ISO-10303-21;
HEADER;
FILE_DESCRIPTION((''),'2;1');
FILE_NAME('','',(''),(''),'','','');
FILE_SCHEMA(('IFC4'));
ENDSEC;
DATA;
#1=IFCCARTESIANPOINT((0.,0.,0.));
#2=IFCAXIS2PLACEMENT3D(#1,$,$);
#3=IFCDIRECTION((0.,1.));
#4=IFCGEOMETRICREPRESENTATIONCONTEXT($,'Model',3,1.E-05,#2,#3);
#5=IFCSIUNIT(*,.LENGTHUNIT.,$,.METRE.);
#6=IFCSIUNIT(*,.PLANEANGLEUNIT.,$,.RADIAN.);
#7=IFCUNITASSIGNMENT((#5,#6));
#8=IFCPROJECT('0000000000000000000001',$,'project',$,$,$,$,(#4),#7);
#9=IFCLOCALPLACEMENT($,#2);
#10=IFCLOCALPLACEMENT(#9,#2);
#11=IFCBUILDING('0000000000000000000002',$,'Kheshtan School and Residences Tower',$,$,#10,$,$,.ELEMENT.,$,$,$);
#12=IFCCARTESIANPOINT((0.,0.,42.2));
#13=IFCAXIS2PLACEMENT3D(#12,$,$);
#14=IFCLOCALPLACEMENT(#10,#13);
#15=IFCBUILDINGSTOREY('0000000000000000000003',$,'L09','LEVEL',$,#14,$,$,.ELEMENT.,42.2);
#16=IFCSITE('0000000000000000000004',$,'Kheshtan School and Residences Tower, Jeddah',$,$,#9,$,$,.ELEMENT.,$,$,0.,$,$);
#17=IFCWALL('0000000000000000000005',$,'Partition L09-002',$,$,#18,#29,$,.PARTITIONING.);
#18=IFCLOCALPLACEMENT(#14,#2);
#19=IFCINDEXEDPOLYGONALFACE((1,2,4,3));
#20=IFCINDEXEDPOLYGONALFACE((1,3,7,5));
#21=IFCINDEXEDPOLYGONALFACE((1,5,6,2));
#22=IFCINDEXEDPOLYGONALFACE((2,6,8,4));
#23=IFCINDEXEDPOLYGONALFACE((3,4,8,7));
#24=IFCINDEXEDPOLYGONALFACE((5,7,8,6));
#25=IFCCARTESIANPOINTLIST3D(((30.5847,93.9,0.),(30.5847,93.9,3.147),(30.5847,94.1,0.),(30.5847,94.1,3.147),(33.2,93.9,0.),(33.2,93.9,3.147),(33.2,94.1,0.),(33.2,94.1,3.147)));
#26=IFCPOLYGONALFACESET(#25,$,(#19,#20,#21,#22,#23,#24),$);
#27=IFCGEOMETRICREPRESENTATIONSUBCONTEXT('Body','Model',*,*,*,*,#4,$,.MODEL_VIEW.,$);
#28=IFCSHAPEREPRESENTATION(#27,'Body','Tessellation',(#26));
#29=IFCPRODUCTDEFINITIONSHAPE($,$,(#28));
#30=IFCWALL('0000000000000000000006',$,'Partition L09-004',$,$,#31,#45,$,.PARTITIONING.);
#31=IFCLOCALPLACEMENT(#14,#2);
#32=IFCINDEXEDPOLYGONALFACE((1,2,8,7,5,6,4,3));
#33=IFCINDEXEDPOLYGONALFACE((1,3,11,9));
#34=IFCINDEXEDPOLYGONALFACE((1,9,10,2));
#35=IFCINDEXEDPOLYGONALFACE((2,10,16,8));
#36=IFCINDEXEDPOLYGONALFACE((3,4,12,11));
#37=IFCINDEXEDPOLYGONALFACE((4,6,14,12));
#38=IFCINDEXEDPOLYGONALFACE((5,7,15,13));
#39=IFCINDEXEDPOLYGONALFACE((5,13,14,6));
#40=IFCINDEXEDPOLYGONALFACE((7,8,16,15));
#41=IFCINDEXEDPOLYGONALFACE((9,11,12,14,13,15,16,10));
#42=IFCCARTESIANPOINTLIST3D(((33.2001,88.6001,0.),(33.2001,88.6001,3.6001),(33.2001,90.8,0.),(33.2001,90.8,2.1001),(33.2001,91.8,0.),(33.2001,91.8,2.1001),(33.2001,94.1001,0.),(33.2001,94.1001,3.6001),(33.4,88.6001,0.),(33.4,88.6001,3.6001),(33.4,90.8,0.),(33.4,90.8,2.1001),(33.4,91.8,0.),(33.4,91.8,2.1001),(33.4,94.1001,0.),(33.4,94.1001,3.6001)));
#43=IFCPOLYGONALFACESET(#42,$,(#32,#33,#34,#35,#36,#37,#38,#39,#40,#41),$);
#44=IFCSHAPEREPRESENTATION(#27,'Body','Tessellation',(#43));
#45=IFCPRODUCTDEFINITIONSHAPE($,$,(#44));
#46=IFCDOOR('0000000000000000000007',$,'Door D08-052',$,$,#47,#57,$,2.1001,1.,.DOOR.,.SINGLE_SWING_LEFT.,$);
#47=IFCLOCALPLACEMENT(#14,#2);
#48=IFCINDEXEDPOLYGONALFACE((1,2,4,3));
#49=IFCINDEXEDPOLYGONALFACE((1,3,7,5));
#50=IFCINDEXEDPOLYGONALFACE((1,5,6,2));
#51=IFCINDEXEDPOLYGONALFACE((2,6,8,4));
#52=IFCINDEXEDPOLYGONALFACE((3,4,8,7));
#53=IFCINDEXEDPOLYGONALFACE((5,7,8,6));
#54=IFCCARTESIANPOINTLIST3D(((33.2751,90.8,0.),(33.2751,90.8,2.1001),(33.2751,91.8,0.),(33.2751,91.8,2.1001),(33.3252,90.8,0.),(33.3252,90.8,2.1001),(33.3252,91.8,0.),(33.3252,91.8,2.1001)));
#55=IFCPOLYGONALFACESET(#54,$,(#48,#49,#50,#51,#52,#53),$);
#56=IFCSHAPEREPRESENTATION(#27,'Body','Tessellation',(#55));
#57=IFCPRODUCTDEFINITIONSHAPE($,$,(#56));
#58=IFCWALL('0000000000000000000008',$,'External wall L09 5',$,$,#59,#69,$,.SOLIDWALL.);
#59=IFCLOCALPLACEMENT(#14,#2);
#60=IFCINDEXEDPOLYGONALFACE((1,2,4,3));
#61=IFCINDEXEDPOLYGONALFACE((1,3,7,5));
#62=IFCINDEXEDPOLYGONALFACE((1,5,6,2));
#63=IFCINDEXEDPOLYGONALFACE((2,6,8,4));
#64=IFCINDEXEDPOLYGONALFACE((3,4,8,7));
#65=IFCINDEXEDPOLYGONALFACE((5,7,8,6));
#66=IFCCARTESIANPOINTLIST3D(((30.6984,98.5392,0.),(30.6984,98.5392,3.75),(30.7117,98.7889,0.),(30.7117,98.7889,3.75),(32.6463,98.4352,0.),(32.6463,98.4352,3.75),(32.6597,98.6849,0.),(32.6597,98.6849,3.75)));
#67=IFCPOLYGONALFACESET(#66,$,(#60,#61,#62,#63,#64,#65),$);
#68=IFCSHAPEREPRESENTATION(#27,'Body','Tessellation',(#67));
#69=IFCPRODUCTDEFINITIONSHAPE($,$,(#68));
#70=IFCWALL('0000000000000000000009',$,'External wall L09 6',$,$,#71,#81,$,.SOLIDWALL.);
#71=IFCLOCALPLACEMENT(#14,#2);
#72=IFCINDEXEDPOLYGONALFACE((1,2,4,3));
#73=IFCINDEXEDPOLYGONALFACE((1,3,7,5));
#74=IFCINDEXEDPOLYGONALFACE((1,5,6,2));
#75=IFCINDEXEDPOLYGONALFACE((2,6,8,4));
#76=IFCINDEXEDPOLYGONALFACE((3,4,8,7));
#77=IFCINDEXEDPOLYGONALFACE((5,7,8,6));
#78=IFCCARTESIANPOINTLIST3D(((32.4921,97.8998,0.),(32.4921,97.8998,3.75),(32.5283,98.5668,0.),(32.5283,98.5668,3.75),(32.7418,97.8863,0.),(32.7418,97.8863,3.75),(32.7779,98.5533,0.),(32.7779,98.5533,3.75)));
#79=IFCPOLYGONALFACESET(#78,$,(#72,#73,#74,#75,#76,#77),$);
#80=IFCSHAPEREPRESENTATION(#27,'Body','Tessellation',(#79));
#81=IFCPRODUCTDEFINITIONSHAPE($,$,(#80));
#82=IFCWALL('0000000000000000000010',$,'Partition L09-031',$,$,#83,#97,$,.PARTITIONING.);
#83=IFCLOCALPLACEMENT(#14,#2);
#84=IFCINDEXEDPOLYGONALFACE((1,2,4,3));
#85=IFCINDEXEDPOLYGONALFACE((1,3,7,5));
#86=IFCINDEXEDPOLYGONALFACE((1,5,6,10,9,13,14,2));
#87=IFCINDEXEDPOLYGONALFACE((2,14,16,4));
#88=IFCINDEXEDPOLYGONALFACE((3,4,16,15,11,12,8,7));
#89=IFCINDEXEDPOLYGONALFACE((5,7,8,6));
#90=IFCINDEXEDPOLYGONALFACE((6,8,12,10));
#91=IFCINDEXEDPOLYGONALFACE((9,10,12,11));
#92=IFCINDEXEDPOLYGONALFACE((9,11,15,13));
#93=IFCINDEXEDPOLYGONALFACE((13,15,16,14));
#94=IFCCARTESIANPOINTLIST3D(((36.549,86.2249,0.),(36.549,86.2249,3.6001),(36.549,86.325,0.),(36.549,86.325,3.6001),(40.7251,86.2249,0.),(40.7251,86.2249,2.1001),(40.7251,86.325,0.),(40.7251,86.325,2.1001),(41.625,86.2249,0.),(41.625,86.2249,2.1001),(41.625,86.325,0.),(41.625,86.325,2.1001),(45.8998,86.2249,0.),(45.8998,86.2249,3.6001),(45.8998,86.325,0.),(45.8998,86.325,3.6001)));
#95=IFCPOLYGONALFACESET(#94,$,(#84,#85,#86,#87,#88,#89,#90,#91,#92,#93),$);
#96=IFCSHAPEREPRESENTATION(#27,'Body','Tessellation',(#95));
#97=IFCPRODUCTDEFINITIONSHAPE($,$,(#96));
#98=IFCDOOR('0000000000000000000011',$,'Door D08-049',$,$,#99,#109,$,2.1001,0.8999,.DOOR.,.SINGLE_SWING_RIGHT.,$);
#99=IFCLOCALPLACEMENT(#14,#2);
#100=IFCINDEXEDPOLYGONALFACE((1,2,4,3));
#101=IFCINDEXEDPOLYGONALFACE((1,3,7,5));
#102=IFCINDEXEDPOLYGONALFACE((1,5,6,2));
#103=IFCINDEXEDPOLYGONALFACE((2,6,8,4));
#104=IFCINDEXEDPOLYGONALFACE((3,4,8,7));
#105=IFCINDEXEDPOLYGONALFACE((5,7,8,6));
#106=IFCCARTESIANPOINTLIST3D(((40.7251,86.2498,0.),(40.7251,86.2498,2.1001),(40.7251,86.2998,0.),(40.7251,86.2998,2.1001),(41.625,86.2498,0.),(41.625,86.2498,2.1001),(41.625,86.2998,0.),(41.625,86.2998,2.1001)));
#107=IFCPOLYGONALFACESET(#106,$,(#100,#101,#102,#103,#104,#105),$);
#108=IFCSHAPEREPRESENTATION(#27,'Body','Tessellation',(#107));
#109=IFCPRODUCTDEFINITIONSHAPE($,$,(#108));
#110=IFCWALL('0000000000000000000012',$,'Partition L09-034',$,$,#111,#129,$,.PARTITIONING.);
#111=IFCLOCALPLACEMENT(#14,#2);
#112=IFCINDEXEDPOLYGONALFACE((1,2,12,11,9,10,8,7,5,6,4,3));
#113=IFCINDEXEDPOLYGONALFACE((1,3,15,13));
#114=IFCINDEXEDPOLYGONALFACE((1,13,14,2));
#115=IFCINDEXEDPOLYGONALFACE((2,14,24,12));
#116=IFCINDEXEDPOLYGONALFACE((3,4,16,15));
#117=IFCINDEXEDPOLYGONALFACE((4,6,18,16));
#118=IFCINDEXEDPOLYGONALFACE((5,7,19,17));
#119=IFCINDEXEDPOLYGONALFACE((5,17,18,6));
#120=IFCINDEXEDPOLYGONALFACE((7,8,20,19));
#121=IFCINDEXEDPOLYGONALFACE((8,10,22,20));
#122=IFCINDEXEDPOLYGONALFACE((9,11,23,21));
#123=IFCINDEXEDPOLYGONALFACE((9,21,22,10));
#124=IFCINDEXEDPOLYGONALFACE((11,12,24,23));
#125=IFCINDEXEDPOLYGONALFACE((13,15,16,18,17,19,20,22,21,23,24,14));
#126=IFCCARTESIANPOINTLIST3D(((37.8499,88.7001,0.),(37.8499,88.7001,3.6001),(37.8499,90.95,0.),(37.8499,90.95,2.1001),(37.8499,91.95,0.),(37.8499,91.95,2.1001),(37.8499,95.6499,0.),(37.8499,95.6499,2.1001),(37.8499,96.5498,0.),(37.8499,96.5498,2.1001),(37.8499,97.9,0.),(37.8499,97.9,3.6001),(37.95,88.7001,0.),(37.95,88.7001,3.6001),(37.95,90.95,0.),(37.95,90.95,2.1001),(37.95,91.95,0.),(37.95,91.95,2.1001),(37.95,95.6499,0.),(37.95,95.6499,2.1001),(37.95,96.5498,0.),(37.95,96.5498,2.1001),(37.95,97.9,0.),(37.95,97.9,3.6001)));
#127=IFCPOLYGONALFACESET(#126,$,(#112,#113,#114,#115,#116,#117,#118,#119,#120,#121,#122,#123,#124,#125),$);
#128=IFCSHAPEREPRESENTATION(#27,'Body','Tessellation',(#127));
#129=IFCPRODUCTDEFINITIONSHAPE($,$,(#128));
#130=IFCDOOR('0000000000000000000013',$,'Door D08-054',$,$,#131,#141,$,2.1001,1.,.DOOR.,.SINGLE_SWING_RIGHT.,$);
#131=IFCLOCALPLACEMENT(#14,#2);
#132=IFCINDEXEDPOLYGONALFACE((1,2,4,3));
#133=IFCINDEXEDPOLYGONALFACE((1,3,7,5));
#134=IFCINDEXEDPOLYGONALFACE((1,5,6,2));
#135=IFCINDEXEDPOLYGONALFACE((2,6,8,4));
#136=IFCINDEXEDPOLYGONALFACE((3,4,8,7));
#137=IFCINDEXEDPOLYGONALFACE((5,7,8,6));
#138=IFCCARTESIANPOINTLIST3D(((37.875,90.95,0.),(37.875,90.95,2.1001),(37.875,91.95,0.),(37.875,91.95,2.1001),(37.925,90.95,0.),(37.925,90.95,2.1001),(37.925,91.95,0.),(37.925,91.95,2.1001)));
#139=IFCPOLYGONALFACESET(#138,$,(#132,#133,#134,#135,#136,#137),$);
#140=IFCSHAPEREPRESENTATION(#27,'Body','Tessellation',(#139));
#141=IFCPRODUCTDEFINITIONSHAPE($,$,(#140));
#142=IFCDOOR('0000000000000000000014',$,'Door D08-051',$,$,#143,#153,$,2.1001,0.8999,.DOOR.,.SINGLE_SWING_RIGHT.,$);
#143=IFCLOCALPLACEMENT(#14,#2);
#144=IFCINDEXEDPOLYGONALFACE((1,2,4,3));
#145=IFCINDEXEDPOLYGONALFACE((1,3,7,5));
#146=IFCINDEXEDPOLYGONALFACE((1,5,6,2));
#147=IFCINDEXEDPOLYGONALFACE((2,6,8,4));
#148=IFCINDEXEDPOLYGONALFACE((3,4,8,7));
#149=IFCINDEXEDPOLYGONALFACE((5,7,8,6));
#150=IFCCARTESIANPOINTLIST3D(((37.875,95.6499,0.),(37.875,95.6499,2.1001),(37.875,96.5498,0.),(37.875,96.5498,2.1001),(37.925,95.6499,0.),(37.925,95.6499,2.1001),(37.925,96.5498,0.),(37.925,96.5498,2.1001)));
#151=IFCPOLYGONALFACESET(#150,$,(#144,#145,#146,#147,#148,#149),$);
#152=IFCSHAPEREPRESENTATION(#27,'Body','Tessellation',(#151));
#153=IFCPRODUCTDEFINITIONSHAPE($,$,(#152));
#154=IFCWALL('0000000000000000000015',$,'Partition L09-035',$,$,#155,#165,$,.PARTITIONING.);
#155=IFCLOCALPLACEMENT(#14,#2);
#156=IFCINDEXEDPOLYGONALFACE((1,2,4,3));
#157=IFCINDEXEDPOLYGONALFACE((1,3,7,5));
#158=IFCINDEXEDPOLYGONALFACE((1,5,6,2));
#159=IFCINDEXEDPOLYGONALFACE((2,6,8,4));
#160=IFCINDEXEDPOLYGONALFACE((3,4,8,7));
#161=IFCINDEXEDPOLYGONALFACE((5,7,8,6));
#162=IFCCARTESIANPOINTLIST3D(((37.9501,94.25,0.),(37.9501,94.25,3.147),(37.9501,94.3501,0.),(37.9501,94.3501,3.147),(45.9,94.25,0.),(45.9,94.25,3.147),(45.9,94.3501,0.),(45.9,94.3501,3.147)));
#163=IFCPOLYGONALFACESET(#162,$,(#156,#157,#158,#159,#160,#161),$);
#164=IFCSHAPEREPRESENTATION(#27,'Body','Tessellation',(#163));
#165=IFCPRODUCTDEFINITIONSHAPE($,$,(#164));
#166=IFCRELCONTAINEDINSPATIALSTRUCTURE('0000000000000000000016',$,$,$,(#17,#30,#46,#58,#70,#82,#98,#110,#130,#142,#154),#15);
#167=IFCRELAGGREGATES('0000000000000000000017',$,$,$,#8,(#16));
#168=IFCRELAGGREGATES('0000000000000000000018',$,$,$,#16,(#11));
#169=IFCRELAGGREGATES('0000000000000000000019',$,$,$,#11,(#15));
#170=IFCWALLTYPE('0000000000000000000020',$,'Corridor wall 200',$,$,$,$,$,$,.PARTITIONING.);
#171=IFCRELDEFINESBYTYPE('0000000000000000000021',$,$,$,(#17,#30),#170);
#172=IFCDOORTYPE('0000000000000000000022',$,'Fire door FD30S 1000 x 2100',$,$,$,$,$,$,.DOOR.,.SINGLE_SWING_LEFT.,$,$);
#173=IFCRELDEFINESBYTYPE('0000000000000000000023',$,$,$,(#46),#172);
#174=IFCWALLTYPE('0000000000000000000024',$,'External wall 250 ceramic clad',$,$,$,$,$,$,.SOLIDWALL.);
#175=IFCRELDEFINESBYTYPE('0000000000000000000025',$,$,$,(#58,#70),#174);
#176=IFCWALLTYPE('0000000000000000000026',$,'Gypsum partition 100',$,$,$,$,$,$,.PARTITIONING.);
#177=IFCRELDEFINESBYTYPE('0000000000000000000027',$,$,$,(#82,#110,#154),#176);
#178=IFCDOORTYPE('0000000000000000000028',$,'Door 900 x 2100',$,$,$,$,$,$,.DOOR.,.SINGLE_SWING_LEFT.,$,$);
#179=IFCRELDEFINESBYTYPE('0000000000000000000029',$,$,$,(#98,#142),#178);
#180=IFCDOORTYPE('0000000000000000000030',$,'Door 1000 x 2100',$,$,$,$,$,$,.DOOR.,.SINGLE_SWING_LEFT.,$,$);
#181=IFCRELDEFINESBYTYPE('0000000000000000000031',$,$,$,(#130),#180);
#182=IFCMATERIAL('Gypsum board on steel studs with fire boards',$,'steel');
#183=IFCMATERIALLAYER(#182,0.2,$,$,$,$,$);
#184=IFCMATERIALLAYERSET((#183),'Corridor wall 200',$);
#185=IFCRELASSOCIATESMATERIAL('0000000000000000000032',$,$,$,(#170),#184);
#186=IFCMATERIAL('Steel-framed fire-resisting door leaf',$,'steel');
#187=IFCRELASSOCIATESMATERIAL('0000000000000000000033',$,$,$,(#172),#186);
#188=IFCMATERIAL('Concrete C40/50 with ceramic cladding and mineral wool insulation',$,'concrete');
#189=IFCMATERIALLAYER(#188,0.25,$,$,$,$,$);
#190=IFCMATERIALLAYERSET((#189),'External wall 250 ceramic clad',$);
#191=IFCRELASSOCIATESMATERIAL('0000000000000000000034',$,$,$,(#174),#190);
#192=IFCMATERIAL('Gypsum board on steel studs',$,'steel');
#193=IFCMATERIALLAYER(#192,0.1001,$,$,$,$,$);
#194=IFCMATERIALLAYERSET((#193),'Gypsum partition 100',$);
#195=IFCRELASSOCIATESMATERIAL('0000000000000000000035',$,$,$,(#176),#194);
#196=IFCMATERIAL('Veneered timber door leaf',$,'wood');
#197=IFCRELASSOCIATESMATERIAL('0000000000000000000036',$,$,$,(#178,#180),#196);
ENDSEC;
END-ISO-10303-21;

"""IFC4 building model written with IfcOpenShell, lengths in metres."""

from ifc_helpers import new_model, si_unit, direction, frame, frame_2d, origin, place, context, subcontext, project, spatial, rectangle, extrude, source, transform, mapped, material, layer, layer_set, type_object, element, fill, save


model = new_model("IFC4")

# Units and contexts
model_context = context("Model", 3, precision=1e-05, world=origin(), true_north=direction((0.0, 1.0)))
body_context = subcontext(model_context, "Body", "Model", "MODEL_VIEW")
ifc_project = project(units=[si_unit("LENGTHUNIT", "METRE"), si_unit("PLANEANGLEUNIT", "RADIAN")], contexts=[model_context])

# Site, building, storey
site_placement = place(None, origin())
site = spatial("IfcSite", under=ifc_project, at=site_placement, Name="Kheshtan School and Residences Tower, Jeddah", CompositionType="ELEMENT", RefElevation=0.0)
building_placement = place(site_placement, origin())
building = spatial("IfcBuilding", under=site, at=building_placement, Name="Kheshtan School and Residences Tower", CompositionType="ELEMENT")
storey_placement = place(building_placement, frame((0.0, 0.0, 42.2)))
storey = spatial("IfcBuildingStorey", under=building, at=storey_placement, Name="L09", Description="LEVEL", CompositionType="ELEMENT", Elevation=42.2)

# Wall
ifc_material_1 = material(Name="Gypsum board on steel studs with fire boards", Category="steel")
ifc_layer_1 = layer(ifc_material_1, 0.2)
ifc_layer_set_1 = layer_set([ifc_layer_1], Name="Corridor wall 200")
wall_type_1 = type_object("IfcWallType", Name="Corridor wall 200", PredefinedType="PARTITIONING", material=ifc_layer_set_1)
wall_1_placement = place(storey_placement, frame((30.5847, 94.0, 0.0), z_axis=(0.0, 0.0, 1.0), x_axis=(1.0, 0.0, 0.0)))
element("IfcWall", 1, at=wall_1_placement, inside=storey, type_object=wall_type_1, Name="Partition L09-002", PredefinedType="PARTITIONING", context=body_context, shape_type="SweptSolid", body=[
    extrude(rectangle(XDim=2.6152, YDim=0.2, at=frame_2d((1.3076, 0.0))), origin(), (0.0, 0.0, 1.0), 3.147),
])

# Wall, opening, door
wall_2_placement = place(storey_placement, frame((33.3, 88.6001, 0.0), z_axis=(0.0, 0.0, 1.0), x_axis=(0.0, 1.0, 0.0)))
wall_2 = element("IfcWall", 2, at=wall_2_placement, inside=storey, type_object=wall_type_1, Name="Partition L09-004", PredefinedType="PARTITIONING", context=body_context, shape_type="SweptSolid", body=[
    extrude(rectangle(XDim=5.5, YDim=0.2, at=frame_2d((2.75, 0.0))), origin(), (0.0, 0.0, 1.0), 3.6001),
])
opening_1_placement = place(wall_2_placement, frame((2.2, 0.0, 0.0)))
opening_1 = element("IfcOpeningElement", 3, at=opening_1_placement, cuts=wall_2, PredefinedType="OPENING", context=body_context, shape_type="SweptSolid", body=[
    extrude(rectangle(XDim=1.0, YDim=2.1001, at=frame_2d((0.5, 1.05))), frame((0.0, 0.1099, 0.0), z_axis=(0.0, -1.0, 0.0), x_axis=(1.0, 0.0, 0.0)), (0.0, 0.0, 1.0), 0.22),
])
ifc_material_2 = material(Name="Steel-framed fire-resisting door leaf", Category="steel")
door_type_1 = type_object("IfcDoorType", Name="Fire door FD30S 1000 x 2100", OperationType="SINGLE_SWING_LEFT", PredefinedType="DOOR", material=ifc_material_2)
shared_shape_1 = source(origin(), body_context, "Body", "SweptSolid", [
    extrude(rectangle(XDim=1.0, YDim=2.1001, at=frame_2d((0.5, 1.05))), frame((0.0, 0.0249, 0.0), z_axis=(0.0, -1.0, 0.0), x_axis=(1.0, 0.0, 0.0)), (0.0, 0.0, 1.0), 0.05),
])
door_1_placement = place(opening_1_placement, origin())
door_1 = element("IfcDoor", 4, at=door_1_placement, inside=storey, type_object=door_type_1, Name="Door D08-052", OperationType="SINGLE_SWING_LEFT", OverallHeight=2.1001, OverallWidth=1.0, PredefinedType="DOOR", context=body_context, shape_type="MappedRepresentation", body=[
    mapped(shared_shape_1, transform((0.0, 0.0, 0.0), x_axis=(1.0, 0.0, 0.0), y_axis=(0.0, 1.0, 0.0), z_axis=(0.0, 0.0, 1.0), scale=1.0)),
])
fill(opening_1, door_1)

# Walls
ifc_material_3 = material(Name="Concrete C40/50 with ceramic cladding and mineral wool insulation", Category="concrete")
ifc_layer_2 = layer(ifc_material_3, 0.25)
ifc_layer_set_2 = layer_set([ifc_layer_2], Name="External wall 250 ceramic clad")
wall_type_2 = type_object("IfcWallType", Name="External wall 250 ceramic clad", PredefinedType="SOLIDWALL", material=ifc_layer_set_2)
wall_3_placement = place(storey_placement, frame((30.7051, 98.6641, 0.0), z_axis=(0.0, 0.0, 1.0), x_axis=(0.998578, -0.053314, 0.0)))
element("IfcWall", 5, at=wall_3_placement, inside=storey, type_object=wall_type_2, Name="External wall L09 5", PredefinedType="SOLIDWALL", context=body_context, shape_type="SweptSolid", body=[
    extrude(rectangle(XDim=1.9507, YDim=0.25, at=frame_2d((0.9753, 0.0))), origin(), (0.0, 0.0, 1.0), 3.75),
])
wall_4_placement = place(storey_placement, frame((32.6531, 98.5601, 0.0), z_axis=(0.0, 0.0, 1.0), x_axis=(-0.054093, -0.998536, 0.0)))
element("IfcWall", 6, at=wall_4_placement, inside=storey, type_object=wall_type_2, Name="External wall L09 6", PredefinedType="SOLIDWALL", context=body_context, shape_type="SweptSolid", body=[
    extrude(rectangle(XDim=0.668, YDim=0.25, at=frame_2d((0.334, 0.0))), origin(), (0.0, 0.0, 1.0), 3.75),
])

# Wall, opening, door
ifc_material_4 = material(Name="Gypsum board on steel studs", Category="steel")
ifc_layer_3 = layer(ifc_material_4, 0.1001)
ifc_layer_set_3 = layer_set([ifc_layer_3], Name="Gypsum partition 100")
wall_type_3 = type_object("IfcWallType", Name="Gypsum partition 100", PredefinedType="PARTITIONING", material=ifc_layer_set_3)
wall_5_placement = place(storey_placement, frame((36.5491, 86.2749, 0.0), z_axis=(0.0, 0.0, 1.0), x_axis=(1.0, 0.0, 0.0)))
wall_5 = element("IfcWall", 7, at=wall_5_placement, inside=storey, type_object=wall_type_3, Name="Partition L09-031", PredefinedType="PARTITIONING", context=body_context, shape_type="SweptSolid", body=[
    extrude(rectangle(XDim=9.3508, YDim=0.1001, at=frame_2d((4.6753, 0.0))), origin(), (0.0, 0.0, 1.0), 3.6001),
])
opening_2_placement = place(wall_5_placement, frame((4.176, 0.0, 0.0)))
opening_2 = element("IfcOpeningElement", 8, at=opening_2_placement, cuts=wall_5, PredefinedType="OPENING", context=body_context, shape_type="SweptSolid", body=[
    extrude(rectangle(XDim=0.8999, YDim=2.1001, at=frame_2d((0.45, 1.05))), frame((0.0, 0.0601, 0.0), z_axis=(0.0, -1.0, 0.0), x_axis=(1.0, 0.0, 0.0)), (0.0, 0.0, 1.0), 0.1201),
])
ifc_material_5 = material(Name="Veneered timber door leaf", Category="wood")
door_type_2 = type_object("IfcDoorType", Name="Door 900 x 2100", OperationType="SINGLE_SWING_LEFT", PredefinedType="DOOR", material=ifc_material_5)
shared_shape_2 = source(origin(), body_context, "Body", "SweptSolid", [
    extrude(rectangle(XDim=0.8999, YDim=2.1001, at=frame_2d((0.45, 1.05))), frame((0.0, 0.0249, 0.0), z_axis=(0.0, -1.0, 0.0), x_axis=(1.0, 0.0, 0.0)), (0.0, 0.0, 1.0), 0.05),
])
door_2_placement = place(opening_2_placement, origin())
door_2 = element("IfcDoor", 9, at=door_2_placement, inside=storey, type_object=door_type_2, Name="Door D08-049", OperationType="SINGLE_SWING_RIGHT", OverallHeight=2.1001, OverallWidth=0.8999, PredefinedType="DOOR", context=body_context, shape_type="MappedRepresentation", body=[
    mapped(shared_shape_2, transform((0.0, 0.0, 0.0), x_axis=(1.0, 0.0, 0.0), y_axis=(0.0, 1.0, 0.0), z_axis=(0.0, 0.0, 1.0), scale=1.0)),
])
fill(opening_2, door_2)

# Wall, openings, doors
wall_6_placement = place(storey_placement, frame((37.8999, 88.7, 0.0), z_axis=(0.0, 0.0, 1.0), x_axis=(0.0, 1.0, 0.0)))
wall_6 = element("IfcWall", 10, at=wall_6_placement, inside=storey, type_object=wall_type_3, Name="Partition L09-034", PredefinedType="PARTITIONING", context=body_context, shape_type="SweptSolid", body=[
    extrude(rectangle(XDim=9.2, YDim=0.1001, at=frame_2d((4.6001, 0.0))), origin(), (0.0, 0.0, 1.0), 3.6001),
])
opening_3_placement = place(wall_6_placement, frame((6.95, 0.0, 0.0)))
opening_3 = element("IfcOpeningElement", 11, at=opening_3_placement, cuts=wall_6, PredefinedType="OPENING", context=body_context, shape_type="SweptSolid", body=[
    extrude(rectangle(XDim=0.8999, YDim=2.1001, at=frame_2d((0.45, 1.05))), frame((0.0, 0.0601, 0.0), z_axis=(0.0, -1.0, 0.0), x_axis=(1.0, 0.0, 0.0)), (0.0, 0.0, 1.0), 0.1201),
])
opening_4_placement = place(wall_6_placement, frame((2.25, 0.0, 0.0)))
opening_4 = element("IfcOpeningElement", 12, at=opening_4_placement, cuts=wall_6, PredefinedType="OPENING", context=body_context, shape_type="SweptSolid", body=[
    extrude(rectangle(XDim=1.0, YDim=2.1001, at=frame_2d((0.5, 1.05))), frame((0.0, 0.0601, 0.0), z_axis=(0.0, -1.0, 0.0), x_axis=(1.0, 0.0, 0.0)), (0.0, 0.0, 1.0), 0.1201),
])
door_type_3 = type_object("IfcDoorType", Name="Door 1000 x 2100", OperationType="SINGLE_SWING_LEFT", PredefinedType="DOOR", material=ifc_material_5)
shared_shape_3 = source(origin(), body_context, "Body", "SweptSolid", [
    extrude(rectangle(XDim=1.0, YDim=2.1001, at=frame_2d((0.5, 1.05))), frame((0.0, 0.0249, 0.0), z_axis=(0.0, -1.0, 0.0), x_axis=(1.0, 0.0, 0.0)), (0.0, 0.0, 1.0), 0.05),
])
door_3_placement = place(opening_4_placement, origin())
door_3 = element("IfcDoor", 13, at=door_3_placement, inside=storey, type_object=door_type_3, Name="Door D08-054", OperationType="SINGLE_SWING_RIGHT", OverallHeight=2.1001, OverallWidth=1.0, PredefinedType="DOOR", context=body_context, shape_type="MappedRepresentation", body=[
    mapped(shared_shape_3, transform((0.0, 0.0, 0.0), x_axis=(1.0, 0.0, 0.0), y_axis=(0.0, 1.0, 0.0), z_axis=(0.0, 0.0, 1.0), scale=1.0)),
])
fill(opening_4, door_3)
door_4_placement = place(opening_3_placement, origin())
door_4 = element("IfcDoor", 14, at=door_4_placement, inside=storey, type_object=door_type_2, Name="Door D08-051", OperationType="SINGLE_SWING_RIGHT", OverallHeight=2.1001, OverallWidth=0.8999, PredefinedType="DOOR", context=body_context, shape_type="MappedRepresentation", body=[
    mapped(shared_shape_2, transform((0.0, 0.0, 0.0), x_axis=(1.0, 0.0, 0.0), y_axis=(0.0, 1.0, 0.0), z_axis=(0.0, 0.0, 1.0), scale=1.0)),
])
fill(opening_3, door_4)

# Wall
wall_7_placement = place(storey_placement, frame((37.95, 94.3, 0.0), z_axis=(0.0, 0.0, 1.0), x_axis=(1.0, 0.0, 0.0)))
element("IfcWall", 15, at=wall_7_placement, inside=storey, type_object=wall_type_3, Name="Partition L09-035", PredefinedType="PARTITIONING", context=body_context, shape_type="SweptSolid", body=[
    extrude(rectangle(XDim=7.95, YDim=0.1001, at=frame_2d((3.9751, 0.0))), origin(), (0.0, 0.0, 1.0), 3.147),
])

save(model, "model.ifc")
